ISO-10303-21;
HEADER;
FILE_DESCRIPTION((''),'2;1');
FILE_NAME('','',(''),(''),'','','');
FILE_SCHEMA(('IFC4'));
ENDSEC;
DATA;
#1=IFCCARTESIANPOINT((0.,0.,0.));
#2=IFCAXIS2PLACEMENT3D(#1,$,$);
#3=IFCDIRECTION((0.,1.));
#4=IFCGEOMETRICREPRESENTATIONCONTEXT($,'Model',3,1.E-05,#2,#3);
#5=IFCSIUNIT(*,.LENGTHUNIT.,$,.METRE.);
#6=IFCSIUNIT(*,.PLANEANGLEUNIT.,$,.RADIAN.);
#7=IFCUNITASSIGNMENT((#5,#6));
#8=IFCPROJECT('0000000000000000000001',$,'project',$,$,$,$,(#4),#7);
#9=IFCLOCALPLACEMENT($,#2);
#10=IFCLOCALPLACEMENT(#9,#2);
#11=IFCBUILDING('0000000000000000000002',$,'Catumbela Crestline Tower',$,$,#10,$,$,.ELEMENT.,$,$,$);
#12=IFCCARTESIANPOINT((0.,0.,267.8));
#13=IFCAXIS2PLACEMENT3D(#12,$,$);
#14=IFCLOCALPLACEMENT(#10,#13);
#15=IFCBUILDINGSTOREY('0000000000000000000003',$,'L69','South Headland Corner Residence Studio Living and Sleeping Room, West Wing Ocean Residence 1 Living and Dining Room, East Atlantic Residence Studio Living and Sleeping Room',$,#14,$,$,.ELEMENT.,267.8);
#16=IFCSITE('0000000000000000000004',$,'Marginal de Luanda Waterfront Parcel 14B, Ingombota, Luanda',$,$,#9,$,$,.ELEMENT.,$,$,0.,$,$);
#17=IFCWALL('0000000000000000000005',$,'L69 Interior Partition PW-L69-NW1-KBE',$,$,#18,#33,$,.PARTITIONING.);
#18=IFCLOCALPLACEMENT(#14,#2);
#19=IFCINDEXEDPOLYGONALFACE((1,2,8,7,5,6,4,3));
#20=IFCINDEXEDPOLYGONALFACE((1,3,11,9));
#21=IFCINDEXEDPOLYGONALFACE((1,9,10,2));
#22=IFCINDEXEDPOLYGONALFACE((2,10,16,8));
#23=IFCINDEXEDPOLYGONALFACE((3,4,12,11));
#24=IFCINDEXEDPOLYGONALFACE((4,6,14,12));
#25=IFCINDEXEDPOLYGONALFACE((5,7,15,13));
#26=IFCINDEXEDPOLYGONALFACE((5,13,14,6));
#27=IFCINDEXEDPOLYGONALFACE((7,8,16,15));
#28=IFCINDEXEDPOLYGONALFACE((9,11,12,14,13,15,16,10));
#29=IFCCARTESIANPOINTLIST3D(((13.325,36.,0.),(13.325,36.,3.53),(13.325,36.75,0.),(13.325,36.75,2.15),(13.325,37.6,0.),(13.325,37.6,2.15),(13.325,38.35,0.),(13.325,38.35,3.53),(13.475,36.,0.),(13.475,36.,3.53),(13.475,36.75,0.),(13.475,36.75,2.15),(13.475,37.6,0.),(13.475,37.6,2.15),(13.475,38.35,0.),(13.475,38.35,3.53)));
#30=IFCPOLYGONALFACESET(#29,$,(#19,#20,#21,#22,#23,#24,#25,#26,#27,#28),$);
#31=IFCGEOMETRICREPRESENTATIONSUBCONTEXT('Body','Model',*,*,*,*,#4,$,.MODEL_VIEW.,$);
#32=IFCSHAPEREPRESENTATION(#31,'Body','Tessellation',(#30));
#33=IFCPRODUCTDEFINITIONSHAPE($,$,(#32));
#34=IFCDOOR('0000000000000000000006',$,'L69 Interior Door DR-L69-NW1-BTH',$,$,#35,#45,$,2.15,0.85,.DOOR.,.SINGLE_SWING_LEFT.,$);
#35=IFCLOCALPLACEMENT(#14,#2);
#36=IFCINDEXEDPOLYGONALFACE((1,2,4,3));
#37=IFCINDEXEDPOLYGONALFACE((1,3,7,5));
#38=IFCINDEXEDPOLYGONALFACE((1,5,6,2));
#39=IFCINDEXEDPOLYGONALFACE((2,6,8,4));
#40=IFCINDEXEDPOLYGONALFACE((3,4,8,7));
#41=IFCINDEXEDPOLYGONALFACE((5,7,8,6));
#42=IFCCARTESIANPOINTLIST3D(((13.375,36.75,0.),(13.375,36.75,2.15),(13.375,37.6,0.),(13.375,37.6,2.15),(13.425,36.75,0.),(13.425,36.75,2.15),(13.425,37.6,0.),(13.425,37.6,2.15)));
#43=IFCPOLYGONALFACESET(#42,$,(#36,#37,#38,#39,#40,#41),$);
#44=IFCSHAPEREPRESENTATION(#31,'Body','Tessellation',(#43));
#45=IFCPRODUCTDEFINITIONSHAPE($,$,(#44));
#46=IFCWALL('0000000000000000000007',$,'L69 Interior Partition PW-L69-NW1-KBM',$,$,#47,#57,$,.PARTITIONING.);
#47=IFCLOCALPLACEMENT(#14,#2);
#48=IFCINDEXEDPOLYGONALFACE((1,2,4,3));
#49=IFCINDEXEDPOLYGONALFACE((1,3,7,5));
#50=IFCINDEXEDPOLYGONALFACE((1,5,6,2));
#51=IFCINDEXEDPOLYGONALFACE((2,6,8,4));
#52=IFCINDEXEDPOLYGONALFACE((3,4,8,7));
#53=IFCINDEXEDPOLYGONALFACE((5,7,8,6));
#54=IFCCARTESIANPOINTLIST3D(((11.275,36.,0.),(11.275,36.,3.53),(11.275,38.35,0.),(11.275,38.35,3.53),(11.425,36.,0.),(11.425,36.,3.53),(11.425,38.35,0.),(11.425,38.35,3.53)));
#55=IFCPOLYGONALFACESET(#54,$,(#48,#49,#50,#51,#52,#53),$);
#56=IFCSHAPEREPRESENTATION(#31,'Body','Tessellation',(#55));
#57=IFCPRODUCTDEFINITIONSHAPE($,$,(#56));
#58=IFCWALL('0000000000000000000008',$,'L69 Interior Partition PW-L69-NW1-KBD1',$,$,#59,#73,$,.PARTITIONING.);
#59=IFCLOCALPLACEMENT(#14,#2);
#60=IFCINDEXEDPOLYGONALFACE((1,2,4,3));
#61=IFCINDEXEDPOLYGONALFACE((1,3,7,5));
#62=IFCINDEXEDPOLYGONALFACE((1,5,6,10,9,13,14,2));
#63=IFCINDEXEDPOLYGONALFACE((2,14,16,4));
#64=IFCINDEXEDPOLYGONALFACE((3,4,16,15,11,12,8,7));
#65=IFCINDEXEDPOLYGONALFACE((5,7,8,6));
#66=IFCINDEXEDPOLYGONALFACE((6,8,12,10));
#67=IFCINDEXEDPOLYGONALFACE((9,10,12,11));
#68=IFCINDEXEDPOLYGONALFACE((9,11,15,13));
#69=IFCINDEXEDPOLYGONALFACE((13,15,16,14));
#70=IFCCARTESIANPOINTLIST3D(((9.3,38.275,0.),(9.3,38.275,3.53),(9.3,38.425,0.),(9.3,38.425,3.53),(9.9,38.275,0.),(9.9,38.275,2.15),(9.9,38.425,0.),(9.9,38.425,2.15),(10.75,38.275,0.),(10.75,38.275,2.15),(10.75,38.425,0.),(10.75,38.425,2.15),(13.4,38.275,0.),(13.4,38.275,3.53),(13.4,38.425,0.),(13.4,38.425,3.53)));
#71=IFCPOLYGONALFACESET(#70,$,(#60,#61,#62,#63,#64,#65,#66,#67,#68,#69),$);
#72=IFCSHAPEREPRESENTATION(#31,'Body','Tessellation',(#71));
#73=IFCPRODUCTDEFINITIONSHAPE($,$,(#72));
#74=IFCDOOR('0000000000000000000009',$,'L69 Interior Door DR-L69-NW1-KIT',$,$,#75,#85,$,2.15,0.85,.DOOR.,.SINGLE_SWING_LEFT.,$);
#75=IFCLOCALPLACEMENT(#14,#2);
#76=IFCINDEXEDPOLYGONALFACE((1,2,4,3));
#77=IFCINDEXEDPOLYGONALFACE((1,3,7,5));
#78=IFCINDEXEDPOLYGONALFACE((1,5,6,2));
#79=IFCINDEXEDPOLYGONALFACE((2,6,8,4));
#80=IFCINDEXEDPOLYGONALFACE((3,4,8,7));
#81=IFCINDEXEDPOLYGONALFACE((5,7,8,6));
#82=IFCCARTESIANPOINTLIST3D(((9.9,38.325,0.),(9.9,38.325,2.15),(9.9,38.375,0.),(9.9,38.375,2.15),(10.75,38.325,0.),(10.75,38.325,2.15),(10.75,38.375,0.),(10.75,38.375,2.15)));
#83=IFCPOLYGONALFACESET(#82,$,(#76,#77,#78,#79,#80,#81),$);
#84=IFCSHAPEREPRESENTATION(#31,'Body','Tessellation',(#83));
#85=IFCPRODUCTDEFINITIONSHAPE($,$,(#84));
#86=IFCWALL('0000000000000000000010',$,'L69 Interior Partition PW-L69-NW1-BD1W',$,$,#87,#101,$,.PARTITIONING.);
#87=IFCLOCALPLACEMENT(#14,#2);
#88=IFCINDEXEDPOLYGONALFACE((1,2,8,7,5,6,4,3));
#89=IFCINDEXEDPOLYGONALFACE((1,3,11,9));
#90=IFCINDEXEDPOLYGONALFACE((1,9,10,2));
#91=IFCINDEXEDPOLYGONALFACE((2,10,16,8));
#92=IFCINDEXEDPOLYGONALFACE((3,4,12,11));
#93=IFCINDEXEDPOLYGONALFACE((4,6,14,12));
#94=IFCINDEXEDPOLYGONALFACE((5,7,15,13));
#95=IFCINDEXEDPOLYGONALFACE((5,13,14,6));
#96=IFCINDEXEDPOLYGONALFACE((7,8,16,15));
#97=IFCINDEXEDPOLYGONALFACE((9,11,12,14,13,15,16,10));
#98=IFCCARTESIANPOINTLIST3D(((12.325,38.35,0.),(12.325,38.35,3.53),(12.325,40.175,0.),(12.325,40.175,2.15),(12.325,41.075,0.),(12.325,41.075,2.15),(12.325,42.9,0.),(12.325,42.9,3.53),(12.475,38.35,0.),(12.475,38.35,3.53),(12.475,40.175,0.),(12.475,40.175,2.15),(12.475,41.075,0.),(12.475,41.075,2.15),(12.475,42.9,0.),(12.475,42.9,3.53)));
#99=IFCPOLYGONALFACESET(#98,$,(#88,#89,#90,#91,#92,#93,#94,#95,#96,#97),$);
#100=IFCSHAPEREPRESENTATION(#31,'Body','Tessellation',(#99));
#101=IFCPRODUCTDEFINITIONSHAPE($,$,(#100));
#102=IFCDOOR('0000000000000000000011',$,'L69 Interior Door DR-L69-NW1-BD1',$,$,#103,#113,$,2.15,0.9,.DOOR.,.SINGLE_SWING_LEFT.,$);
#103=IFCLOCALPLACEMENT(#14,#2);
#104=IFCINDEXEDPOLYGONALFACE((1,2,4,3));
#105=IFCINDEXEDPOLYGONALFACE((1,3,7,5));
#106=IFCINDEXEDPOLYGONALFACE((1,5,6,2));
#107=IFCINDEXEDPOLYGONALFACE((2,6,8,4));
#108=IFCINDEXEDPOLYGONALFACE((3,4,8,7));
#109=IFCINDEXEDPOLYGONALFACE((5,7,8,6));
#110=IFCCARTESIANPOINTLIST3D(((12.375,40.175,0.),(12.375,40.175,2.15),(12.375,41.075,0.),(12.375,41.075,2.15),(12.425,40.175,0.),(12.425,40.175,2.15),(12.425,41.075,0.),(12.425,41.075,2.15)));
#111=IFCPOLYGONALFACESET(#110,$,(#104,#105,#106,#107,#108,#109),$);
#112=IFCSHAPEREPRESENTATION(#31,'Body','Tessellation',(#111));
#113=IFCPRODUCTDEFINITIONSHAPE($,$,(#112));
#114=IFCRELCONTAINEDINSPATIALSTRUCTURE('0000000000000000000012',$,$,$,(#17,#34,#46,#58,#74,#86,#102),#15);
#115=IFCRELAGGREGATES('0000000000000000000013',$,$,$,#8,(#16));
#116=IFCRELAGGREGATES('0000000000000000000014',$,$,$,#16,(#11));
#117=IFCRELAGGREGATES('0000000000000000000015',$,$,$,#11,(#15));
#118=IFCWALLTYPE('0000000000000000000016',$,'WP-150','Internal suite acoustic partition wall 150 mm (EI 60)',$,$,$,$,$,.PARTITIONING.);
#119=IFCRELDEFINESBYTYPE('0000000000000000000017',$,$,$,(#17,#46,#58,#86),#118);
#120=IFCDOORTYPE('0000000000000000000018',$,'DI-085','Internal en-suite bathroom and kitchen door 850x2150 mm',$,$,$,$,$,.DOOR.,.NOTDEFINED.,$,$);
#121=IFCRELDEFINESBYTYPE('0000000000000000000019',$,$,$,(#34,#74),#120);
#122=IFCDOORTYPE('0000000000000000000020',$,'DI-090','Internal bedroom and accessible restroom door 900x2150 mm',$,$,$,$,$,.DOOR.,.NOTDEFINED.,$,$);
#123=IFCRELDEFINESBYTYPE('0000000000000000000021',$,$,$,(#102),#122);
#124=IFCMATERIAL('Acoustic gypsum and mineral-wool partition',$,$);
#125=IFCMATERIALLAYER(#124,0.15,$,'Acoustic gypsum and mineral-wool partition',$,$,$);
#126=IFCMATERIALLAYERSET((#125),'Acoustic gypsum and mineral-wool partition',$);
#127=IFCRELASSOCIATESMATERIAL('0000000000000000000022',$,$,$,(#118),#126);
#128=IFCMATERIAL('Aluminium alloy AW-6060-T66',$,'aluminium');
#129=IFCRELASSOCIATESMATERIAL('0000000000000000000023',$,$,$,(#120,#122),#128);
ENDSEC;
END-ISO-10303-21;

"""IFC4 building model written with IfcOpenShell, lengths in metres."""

from ifc_helpers import new_model, si_unit, direction, frame, frame_2d, origin, place, context, subcontext, project, spatial, rectangle, extrude, material, layer, layer_set, type_object, element, fill, save


model = new_model("IFC4")

# Units and contexts
model_context = context("Model", 3, precision=1e-05, world=origin(), true_north=direction((0.0, 1.0)))
body_context = subcontext(model_context, "Body", "Model", "MODEL_VIEW")
ifc_project = project(units=[si_unit("LENGTHUNIT", "METRE"), si_unit("PLANEANGLEUNIT", "RADIAN")], contexts=[model_context])

# Site, building, storey
site_placement = place(None, origin())
site = spatial("IfcSite", under=ifc_project, at=site_placement, Name="Marginal de Luanda Waterfront Parcel 14B, Ingombota, Luanda", CompositionType="ELEMENT", RefElevation=0.0)
building_placement = place(site_placement, origin())
building = spatial("IfcBuilding", under=site, at=building_placement, Name="Catumbela Crestline Tower", CompositionType="ELEMENT")
storey_placement = place(building_placement, frame((0.0, 0.0, 267.8)))
storey = spatial("IfcBuildingStorey", under=building, at=storey_placement, Name="L69", Description="South Headland Corner Residence Studio Living and Sleeping Room, West Wing Ocean Residence 1 Living and Dining Room, East Atlantic Residence Studio Living and Sleeping Room", CompositionType="ELEMENT", Elevation=267.8)

# Shared definitions
ifc_material_1 = material(Name="Aluminium alloy AW-6060-T66", Category="aluminium")

# Shared definitions
ifc_material_2 = material(Name="Acoustic gypsum and mineral-wool partition")

# Wall, opening, door
ifc_layer_1 = layer(ifc_material_2, 0.15, Name="Acoustic gypsum and mineral-wool partition")
ifc_layer_set_1 = layer_set([ifc_layer_1], Name="Acoustic gypsum and mineral-wool partition")
wall_type_1 = type_object("IfcWallType", Name="WP-150", Description="Internal suite acoustic partition wall 150 mm (EI 60)", PredefinedType="PARTITIONING", material=ifc_layer_set_1)
wall_1_placement = place(storey_placement, frame((13.4, 36.0, 0.0), z_axis=(0.0, 0.0, 1.0), x_axis=(0.0, 1.0, 0.0)))
wall_1 = element("IfcWall", 1, at=wall_1_placement, inside=storey, type_object=wall_type_1, Name="L69 Interior Partition PW-L69-NW1-KBE", PredefinedType="PARTITIONING", context=body_context, shape_type="SweptSolid", body=[
    extrude(rectangle(XDim=2.35, YDim=0.15, at=frame_2d((1.175, 0.0))), origin(), (0.0, 0.0, 1.0), 3.53),
])
opening_1_placement = place(wall_1_placement, frame((0.75, 0.0, 0.0)))
opening_1 = element("IfcOpeningElement", 2, at=opening_1_placement, cuts=wall_1, PredefinedType="OPENING", context=body_context, shape_type="SweptSolid", body=[
    extrude(rectangle(XDim=0.85, YDim=2.15, at=frame_2d((0.425, 1.075))), frame((0.0, 0.085, 0.0), z_axis=(0.0, -1.0, 0.0), x_axis=(1.0, 0.0, 0.0)), (0.0, 0.0, 1.0), 0.17),
])
door_type_1 = type_object("IfcDoorType", Name="DI-085", Description="Internal en-suite bathroom and kitchen door 850x2150 mm", OperationType="NOTDEFINED", PredefinedType="DOOR", material=ifc_material_1)
door_1_placement = place(opening_1_placement, origin())
door_1 = element("IfcDoor", 3, at=door_1_placement, inside=storey, type_object=door_type_1, Name="L69 Interior Door DR-L69-NW1-BTH", OperationType="SINGLE_SWING_LEFT", OverallHeight=2.15, OverallWidth=0.85, PredefinedType="DOOR", context=body_context, shape_type="SweptSolid", body=[
    extrude(rectangle(XDim=0.85, YDim=2.15, at=frame_2d((0.425, 1.075))), frame((0.0, 0.025, 0.0), z_axis=(0.0, -1.0, 0.0), x_axis=(1.0, 0.0, 0.0)), (0.0, 0.0, 1.0), 0.05),
])
fill(opening_1, door_1)

# Wall
wall_2_placement = place(storey_placement, frame((11.35, 36.0, 0.0), z_axis=(0.0, 0.0, 1.0), x_axis=(0.0, 1.0, 0.0)))
element("IfcWall", 4, at=wall_2_placement, inside=storey, type_object=wall_type_1, Name="L69 Interior Partition PW-L69-NW1-KBM", PredefinedType="PARTITIONING", context=body_context, shape_type="SweptSolid", body=[
    extrude(rectangle(XDim=2.35, YDim=0.15, at=frame_2d((1.175, 0.0))), origin(), (0.0, 0.0, 1.0), 3.53),
])

# Walls, openings, doors
wall_3_placement = place(storey_placement, frame((9.3, 38.35, 0.0), z_axis=(0.0, 0.0, 1.0), x_axis=(1.0, 0.0, 0.0)))
wall_3 = element("IfcWall", 5, at=wall_3_placement, inside=storey, type_object=wall_type_1, Name="L69 Interior Partition PW-L69-NW1-KBD1", PredefinedType="PARTITIONING", context=body_context, shape_type="SweptSolid", body=[
    extrude(rectangle(XDim=4.1, YDim=0.15, at=frame_2d((2.05, 0.0))), origin(), (0.0, 0.0, 1.0), 3.53),
])
opening_2_placement = place(wall_3_placement, frame((0.6, 0.0, 0.0)))
opening_2 = element("IfcOpeningElement", 6, at=opening_2_placement, cuts=wall_3, PredefinedType="OPENING", context=body_context, shape_type="SweptSolid", body=[
    extrude(rectangle(XDim=0.85, YDim=2.15, at=frame_2d((0.425, 1.075))), frame((0.0, 0.085, 0.0), z_axis=(0.0, -1.0, 0.0), x_axis=(1.0, 0.0, 0.0)), (0.0, 0.0, 1.0), 0.17),
])
door_2_placement = place(opening_2_placement, origin())
door_2 = element("IfcDoor", 7, at=door_2_placement, inside=storey, type_object=door_type_1, Name="L69 Interior Door DR-L69-NW1-KIT", OperationType="SINGLE_SWING_LEFT", OverallHeight=2.15, OverallWidth=0.85, PredefinedType="DOOR", context=body_context, shape_type="SweptSolid", body=[
    extrude(rectangle(XDim=0.85, YDim=2.15, at=frame_2d((0.425, 1.075))), frame((0.0, 0.025, 0.0), z_axis=(0.0, -1.0, 0.0), x_axis=(1.0, 0.0, 0.0)), (0.0, 0.0, 1.0), 0.05),
])
fill(opening_2, door_2)
wall_4_placement = place(storey_placement, frame((12.4, 38.35, 0.0), z_axis=(0.0, 0.0, 1.0), x_axis=(0.0, 1.0, 0.0)))
wall_4 = element("IfcWall", 8, at=wall_4_placement, inside=storey, type_object=wall_type_1, Name="L69 Interior Partition PW-L69-NW1-BD1W", PredefinedType="PARTITIONING", context=body_context, shape_type="SweptSolid", body=[
    extrude(rectangle(XDim=4.55, YDim=0.15, at=frame_2d((2.275, 0.0))), origin(), (0.0, 0.0, 1.0), 3.53),
])
opening_3_placement = place(wall_4_placement, frame((1.825, 0.0, 0.0)))
opening_3 = element("IfcOpeningElement", 9, at=opening_3_placement, cuts=wall_4, PredefinedType="OPENING", context=body_context, shape_type="SweptSolid", body=[
    extrude(rectangle(XDim=0.9, YDim=2.15, at=frame_2d((0.45, 1.075))), frame((0.0, 0.085, 0.0), z_axis=(0.0, -1.0, 0.0), x_axis=(1.0, 0.0, 0.0)), (0.0, 0.0, 1.0), 0.17),
])
door_type_2 = type_object("IfcDoorType", Name="DI-090", Description="Internal bedroom and accessible restroom door 900x2150 mm", OperationType="NOTDEFINED", PredefinedType="DOOR", material=ifc_material_1)
door_3_placement = place(opening_3_placement, origin())
door_3 = element("IfcDoor", 10, at=door_3_placement, inside=storey, type_object=door_type_2, Name="L69 Interior Door DR-L69-NW1-BD1", OperationType="SINGLE_SWING_LEFT", OverallHeight=2.15, OverallWidth=0.9, PredefinedType="DOOR", context=body_context, shape_type="SweptSolid", body=[
    extrude(rectangle(XDim=0.9, YDim=2.15, at=frame_2d((0.45, 1.075))), frame((0.0, 0.025, 0.0), z_axis=(0.0, -1.0, 0.0), x_axis=(1.0, 0.0, 0.0)), (0.0, 0.0, 1.0), 0.05),
])
fill(opening_3, door_3)

save(model, "model.ifc")
